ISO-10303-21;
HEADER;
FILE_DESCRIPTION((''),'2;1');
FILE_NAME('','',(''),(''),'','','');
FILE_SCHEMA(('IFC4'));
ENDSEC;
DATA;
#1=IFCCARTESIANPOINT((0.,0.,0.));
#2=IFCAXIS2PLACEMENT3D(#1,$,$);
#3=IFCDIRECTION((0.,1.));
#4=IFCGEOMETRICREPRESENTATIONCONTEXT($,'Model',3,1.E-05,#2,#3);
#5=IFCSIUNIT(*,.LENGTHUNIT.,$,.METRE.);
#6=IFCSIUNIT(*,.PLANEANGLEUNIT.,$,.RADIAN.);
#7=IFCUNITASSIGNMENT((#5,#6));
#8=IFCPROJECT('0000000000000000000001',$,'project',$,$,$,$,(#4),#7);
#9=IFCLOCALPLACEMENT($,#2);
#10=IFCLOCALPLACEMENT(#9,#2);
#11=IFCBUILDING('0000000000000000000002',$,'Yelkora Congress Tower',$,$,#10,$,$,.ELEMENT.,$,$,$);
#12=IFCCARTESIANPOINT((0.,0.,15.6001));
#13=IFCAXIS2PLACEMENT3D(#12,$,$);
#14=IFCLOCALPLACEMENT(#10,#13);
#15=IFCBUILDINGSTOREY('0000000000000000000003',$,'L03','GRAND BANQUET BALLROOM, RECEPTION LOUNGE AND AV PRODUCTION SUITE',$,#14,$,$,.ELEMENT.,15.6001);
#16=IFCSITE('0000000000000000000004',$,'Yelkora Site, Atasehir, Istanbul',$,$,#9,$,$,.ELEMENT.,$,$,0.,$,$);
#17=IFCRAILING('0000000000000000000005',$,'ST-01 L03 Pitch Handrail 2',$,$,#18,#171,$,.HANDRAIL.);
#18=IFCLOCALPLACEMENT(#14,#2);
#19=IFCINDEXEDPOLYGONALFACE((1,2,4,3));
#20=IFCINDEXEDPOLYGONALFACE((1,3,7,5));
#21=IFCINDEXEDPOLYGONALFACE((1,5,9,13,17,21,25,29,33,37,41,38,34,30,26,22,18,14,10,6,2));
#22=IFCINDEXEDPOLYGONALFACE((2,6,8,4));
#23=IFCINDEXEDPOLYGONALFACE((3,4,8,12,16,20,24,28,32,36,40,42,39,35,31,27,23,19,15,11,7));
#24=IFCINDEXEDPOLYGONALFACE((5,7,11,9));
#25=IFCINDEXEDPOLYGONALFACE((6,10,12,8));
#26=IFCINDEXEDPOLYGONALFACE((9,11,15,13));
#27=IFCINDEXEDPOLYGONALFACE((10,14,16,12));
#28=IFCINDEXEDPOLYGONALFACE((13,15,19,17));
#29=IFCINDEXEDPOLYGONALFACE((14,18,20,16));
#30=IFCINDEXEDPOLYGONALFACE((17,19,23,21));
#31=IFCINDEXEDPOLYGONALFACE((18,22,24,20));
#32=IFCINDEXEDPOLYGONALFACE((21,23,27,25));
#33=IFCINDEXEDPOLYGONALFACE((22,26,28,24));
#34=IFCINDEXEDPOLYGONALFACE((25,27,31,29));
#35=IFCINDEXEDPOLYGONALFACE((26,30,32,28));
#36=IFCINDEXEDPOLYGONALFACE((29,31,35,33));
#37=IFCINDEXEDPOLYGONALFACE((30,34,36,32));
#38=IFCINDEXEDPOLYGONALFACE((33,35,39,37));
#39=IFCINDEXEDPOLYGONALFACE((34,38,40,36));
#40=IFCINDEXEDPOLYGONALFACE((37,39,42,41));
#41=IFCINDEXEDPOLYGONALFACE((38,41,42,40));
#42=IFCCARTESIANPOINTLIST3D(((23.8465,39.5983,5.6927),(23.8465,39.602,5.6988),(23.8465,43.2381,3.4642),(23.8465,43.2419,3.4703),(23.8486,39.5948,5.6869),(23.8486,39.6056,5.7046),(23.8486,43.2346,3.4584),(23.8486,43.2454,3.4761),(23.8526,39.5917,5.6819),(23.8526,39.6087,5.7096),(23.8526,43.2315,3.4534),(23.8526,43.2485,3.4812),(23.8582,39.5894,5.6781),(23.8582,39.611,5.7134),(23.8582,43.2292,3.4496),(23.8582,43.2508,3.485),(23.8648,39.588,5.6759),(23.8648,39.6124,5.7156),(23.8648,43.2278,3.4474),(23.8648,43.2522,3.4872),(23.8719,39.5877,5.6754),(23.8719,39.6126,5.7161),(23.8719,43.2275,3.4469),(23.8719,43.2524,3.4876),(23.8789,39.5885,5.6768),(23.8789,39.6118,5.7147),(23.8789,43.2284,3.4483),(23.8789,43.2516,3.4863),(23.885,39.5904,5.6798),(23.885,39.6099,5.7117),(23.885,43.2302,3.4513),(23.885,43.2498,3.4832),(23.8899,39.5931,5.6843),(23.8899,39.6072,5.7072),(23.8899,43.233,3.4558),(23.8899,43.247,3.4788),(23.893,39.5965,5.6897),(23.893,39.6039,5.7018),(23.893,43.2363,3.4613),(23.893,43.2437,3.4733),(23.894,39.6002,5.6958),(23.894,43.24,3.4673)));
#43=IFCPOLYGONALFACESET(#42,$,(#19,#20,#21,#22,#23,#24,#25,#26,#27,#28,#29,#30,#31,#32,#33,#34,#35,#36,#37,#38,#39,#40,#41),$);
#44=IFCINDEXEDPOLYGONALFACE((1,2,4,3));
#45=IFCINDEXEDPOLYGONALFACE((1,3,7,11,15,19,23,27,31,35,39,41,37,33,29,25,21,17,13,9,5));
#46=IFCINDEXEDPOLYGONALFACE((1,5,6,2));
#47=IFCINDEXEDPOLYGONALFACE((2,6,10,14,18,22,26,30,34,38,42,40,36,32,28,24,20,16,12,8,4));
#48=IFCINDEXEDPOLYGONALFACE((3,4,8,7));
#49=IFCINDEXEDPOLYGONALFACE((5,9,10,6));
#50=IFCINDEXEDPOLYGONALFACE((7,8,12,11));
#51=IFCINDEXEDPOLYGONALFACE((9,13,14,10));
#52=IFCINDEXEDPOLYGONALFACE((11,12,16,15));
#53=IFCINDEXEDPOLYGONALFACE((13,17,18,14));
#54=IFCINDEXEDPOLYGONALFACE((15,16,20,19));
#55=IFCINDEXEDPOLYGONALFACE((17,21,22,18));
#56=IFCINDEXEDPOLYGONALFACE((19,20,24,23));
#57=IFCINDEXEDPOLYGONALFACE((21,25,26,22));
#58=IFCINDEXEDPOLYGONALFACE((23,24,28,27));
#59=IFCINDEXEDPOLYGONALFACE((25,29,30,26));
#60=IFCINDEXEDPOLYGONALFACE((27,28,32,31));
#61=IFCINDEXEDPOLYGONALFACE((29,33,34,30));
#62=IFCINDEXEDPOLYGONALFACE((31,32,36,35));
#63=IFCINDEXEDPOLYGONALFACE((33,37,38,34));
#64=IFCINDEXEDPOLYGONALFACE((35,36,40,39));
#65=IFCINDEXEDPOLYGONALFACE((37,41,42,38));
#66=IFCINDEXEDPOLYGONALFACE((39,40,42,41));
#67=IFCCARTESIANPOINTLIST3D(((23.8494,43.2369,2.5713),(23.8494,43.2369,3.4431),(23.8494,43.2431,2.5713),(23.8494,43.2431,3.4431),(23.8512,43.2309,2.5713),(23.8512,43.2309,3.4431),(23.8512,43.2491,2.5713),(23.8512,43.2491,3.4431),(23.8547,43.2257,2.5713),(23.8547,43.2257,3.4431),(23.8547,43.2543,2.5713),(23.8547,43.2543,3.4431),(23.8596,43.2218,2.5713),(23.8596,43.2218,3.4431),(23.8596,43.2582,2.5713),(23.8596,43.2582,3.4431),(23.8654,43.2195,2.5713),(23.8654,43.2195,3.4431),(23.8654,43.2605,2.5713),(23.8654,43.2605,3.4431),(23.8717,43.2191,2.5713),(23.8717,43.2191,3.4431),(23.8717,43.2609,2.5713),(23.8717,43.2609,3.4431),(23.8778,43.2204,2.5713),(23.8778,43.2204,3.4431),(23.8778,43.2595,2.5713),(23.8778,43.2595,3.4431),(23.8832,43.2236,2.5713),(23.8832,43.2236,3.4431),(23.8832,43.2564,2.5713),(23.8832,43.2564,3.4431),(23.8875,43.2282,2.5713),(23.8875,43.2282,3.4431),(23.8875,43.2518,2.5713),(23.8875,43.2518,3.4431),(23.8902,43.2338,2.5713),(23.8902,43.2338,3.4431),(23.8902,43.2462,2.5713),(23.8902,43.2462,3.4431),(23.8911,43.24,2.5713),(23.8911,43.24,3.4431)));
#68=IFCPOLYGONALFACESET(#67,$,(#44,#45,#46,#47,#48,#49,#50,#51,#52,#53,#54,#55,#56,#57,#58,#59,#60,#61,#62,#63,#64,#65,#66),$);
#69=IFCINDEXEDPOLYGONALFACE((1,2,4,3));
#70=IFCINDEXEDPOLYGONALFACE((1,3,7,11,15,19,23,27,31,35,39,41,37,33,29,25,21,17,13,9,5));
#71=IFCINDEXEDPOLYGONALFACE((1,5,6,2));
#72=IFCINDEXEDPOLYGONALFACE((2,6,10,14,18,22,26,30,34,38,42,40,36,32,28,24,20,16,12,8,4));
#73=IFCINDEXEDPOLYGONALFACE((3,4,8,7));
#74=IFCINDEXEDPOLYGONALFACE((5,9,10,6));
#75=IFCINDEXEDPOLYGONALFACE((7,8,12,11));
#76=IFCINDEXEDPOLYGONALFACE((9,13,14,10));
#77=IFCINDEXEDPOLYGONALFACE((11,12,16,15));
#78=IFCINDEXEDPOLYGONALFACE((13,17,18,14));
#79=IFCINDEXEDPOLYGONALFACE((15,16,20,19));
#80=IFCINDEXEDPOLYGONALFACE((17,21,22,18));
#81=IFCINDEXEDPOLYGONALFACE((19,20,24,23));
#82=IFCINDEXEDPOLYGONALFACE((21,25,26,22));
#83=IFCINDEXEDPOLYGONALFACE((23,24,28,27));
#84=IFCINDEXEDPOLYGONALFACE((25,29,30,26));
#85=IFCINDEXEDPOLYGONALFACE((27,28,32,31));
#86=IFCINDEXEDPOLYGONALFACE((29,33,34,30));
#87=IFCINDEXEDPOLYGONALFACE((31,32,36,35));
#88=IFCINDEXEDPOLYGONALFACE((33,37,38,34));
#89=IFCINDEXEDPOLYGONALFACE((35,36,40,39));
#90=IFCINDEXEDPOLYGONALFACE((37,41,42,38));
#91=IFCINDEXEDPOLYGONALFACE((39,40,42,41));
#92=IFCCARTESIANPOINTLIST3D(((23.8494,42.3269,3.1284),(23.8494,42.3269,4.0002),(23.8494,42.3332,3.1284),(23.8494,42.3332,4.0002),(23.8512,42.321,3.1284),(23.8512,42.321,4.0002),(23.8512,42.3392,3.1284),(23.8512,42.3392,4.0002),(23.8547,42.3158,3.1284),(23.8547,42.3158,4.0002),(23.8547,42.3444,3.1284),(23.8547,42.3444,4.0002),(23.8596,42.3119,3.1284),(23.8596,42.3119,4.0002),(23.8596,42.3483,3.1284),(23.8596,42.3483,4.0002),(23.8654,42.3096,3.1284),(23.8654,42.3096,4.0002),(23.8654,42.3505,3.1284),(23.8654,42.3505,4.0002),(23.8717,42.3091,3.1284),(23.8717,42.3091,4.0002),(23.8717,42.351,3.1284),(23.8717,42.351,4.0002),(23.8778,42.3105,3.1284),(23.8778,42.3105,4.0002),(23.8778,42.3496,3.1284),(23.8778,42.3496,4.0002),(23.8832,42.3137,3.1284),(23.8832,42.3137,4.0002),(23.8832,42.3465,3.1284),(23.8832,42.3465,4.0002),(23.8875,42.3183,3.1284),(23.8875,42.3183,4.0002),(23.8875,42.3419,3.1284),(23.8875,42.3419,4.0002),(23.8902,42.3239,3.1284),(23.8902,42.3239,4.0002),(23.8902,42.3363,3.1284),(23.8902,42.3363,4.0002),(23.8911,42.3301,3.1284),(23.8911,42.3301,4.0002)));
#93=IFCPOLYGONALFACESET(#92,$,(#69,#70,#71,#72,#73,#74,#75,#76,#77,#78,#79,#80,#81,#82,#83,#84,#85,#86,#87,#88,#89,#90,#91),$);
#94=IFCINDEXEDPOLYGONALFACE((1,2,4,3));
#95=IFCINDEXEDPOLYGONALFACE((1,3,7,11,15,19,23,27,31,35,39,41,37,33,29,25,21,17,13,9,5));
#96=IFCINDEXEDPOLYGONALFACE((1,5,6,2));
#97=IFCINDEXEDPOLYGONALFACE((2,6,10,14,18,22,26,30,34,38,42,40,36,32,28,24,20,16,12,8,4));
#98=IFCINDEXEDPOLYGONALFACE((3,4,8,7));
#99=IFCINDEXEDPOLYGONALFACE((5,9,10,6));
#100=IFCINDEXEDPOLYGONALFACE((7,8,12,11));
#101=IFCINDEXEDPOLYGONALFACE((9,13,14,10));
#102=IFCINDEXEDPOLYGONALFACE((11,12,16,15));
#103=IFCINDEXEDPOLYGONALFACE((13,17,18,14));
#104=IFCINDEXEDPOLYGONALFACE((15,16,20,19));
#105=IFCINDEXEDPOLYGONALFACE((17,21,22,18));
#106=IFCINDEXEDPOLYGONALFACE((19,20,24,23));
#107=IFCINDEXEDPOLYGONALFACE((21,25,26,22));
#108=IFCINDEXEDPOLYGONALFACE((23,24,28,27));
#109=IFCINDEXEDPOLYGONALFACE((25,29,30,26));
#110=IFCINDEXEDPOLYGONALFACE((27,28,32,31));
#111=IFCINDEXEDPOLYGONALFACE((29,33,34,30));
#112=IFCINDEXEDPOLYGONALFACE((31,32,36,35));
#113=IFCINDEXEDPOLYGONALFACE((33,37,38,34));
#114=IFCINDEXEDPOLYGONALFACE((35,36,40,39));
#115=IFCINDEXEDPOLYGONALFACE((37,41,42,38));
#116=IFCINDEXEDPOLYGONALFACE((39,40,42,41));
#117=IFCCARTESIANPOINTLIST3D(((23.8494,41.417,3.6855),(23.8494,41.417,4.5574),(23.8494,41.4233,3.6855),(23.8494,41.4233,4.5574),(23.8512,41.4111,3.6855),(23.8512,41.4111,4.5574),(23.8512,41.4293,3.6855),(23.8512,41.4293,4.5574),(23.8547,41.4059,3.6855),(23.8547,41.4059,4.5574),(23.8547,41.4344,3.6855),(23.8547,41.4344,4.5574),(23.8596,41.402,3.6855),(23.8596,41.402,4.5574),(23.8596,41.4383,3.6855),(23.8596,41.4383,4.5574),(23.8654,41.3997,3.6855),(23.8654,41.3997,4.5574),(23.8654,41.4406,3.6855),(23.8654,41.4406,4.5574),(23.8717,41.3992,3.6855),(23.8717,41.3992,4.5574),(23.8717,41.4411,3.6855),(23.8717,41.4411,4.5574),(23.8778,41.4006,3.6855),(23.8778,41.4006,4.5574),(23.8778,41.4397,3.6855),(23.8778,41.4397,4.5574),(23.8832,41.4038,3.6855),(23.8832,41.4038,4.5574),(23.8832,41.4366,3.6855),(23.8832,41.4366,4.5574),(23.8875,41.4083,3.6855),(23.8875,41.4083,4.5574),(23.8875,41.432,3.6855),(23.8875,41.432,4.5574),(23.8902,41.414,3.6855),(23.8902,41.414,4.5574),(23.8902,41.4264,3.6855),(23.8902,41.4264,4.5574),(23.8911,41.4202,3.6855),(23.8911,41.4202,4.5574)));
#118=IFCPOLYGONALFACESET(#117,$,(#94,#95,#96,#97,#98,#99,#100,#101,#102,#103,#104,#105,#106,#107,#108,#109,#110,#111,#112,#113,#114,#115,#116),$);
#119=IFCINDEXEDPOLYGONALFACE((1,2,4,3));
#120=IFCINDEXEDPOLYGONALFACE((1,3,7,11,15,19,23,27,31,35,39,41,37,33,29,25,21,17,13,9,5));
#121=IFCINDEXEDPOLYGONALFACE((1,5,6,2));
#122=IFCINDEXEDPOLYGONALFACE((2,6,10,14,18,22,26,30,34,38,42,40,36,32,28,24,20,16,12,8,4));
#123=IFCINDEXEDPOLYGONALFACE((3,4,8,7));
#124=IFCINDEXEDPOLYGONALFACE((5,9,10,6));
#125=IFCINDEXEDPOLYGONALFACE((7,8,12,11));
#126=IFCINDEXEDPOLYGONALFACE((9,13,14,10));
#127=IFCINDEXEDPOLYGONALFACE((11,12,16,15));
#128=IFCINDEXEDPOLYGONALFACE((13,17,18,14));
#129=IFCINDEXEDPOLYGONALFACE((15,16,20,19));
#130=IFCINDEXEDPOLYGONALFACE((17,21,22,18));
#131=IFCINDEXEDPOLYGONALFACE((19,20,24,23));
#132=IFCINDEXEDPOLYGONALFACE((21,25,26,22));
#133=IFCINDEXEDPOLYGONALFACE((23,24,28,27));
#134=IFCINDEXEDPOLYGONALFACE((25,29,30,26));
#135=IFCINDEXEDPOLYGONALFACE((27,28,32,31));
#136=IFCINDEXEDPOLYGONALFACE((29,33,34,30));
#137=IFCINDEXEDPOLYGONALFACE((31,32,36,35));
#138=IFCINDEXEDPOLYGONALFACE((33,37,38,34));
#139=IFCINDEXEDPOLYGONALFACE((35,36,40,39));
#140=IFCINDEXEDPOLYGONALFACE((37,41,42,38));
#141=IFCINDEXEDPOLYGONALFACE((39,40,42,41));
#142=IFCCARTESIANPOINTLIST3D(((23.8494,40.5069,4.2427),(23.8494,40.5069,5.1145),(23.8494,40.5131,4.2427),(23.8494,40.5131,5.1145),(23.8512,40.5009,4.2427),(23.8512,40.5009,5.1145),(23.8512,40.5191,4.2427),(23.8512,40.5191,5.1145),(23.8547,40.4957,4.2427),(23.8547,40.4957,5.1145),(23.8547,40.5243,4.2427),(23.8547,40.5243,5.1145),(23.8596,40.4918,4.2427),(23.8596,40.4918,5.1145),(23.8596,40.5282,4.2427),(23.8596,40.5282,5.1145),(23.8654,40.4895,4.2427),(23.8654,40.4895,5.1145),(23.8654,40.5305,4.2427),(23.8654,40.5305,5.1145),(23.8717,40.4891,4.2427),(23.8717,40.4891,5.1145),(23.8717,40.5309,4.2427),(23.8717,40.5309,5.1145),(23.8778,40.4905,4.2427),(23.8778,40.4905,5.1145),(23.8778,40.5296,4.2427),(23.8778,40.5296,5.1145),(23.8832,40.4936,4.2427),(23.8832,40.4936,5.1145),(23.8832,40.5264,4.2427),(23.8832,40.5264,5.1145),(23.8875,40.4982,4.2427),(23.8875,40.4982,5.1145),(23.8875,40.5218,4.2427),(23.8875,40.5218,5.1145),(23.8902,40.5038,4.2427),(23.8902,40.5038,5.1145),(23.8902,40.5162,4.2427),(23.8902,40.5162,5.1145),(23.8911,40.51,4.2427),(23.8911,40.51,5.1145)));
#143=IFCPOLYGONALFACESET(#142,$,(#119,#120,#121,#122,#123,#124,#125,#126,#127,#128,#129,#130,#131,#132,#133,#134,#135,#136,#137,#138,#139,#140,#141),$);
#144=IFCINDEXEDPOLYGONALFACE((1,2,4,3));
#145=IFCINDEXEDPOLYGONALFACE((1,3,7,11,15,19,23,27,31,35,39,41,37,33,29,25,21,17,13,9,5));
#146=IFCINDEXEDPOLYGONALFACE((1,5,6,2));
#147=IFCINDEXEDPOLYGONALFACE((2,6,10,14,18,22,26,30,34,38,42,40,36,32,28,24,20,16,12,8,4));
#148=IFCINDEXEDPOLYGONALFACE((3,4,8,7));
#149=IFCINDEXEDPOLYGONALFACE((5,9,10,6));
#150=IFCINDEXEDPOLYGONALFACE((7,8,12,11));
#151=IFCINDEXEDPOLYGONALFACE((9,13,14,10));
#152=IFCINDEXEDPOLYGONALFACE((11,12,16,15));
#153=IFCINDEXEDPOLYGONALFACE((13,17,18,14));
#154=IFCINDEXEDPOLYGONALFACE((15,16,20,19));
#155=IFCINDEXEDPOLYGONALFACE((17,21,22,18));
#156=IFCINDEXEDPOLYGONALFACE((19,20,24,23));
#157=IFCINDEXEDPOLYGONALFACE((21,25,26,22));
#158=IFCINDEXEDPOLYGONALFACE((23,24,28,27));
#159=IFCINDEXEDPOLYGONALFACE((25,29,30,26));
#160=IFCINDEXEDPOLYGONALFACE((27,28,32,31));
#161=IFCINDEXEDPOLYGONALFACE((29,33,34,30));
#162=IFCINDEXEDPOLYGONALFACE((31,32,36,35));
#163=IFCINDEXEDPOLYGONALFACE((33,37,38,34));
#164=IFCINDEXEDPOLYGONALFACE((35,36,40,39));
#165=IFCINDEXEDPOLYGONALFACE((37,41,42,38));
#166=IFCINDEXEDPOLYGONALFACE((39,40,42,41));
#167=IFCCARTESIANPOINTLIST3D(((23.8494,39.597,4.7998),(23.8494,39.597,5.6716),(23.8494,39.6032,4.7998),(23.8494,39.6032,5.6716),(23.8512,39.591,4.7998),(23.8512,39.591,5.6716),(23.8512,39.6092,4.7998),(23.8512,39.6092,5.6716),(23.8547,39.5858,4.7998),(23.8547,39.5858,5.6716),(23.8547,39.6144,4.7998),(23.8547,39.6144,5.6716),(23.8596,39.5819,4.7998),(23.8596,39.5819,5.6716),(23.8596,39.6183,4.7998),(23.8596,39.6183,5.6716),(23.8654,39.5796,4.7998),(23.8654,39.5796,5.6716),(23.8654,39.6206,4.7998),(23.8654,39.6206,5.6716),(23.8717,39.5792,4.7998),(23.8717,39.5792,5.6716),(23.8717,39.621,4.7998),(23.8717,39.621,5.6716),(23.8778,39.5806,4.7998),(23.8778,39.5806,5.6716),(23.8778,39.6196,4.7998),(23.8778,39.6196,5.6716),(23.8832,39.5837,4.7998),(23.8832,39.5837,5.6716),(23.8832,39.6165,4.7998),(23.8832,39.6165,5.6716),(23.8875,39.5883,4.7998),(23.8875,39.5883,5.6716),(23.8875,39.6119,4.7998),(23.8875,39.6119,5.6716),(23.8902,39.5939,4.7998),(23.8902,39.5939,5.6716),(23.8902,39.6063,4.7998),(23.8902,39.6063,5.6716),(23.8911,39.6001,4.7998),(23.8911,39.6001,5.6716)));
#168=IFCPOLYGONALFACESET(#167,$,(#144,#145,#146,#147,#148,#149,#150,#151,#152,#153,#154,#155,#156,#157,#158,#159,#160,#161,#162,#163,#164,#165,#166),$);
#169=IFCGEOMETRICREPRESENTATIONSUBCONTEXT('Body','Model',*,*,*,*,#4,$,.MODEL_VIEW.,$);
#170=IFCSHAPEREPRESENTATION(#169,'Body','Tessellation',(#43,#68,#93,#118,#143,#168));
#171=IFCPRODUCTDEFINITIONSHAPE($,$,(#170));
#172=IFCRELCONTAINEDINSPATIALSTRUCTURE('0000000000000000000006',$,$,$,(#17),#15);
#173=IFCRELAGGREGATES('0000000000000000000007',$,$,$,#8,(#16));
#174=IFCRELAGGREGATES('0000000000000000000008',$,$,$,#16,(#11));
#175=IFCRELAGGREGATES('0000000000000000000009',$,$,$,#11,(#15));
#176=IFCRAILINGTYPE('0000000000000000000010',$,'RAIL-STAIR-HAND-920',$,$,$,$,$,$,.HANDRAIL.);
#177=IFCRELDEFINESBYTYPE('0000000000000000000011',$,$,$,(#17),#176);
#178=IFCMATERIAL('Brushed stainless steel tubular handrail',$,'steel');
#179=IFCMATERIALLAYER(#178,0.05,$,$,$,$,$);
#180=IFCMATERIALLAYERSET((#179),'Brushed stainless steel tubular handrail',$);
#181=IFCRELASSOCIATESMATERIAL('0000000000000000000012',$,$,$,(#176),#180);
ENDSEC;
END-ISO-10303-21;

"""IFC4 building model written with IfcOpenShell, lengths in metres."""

from ifc_helpers import new_model, si_unit, direction, frame, origin, origin_2d, place, context, subcontext, project, spatial, circle, extrude, material, layer, layer_set, type_object, element, save


model = new_model("IFC4")

# Units and contexts
model_context = context("Model", 3, precision=1e-05, world=origin(), true_north=direction((0.0, 1.0)))
body_context = subcontext(model_context, "Body", "Model", "MODEL_VIEW")
ifc_project = project(units=[si_unit("LENGTHUNIT", "METRE"), si_unit("PLANEANGLEUNIT", "RADIAN")], contexts=[model_context])

# Site, building, storey
site_placement = place(None, origin())
site = spatial("IfcSite", under=ifc_project, at=site_placement, Name="Yelkora Site, Atasehir, Istanbul", CompositionType="ELEMENT", RefElevation=0.0)
building_placement = place(site_placement, origin())
building = spatial("IfcBuilding", under=site, at=building_placement, Name="Yelkora Congress Tower", CompositionType="ELEMENT")
storey_placement = place(building_placement, frame((0.0, 0.0, 15.6001)))
storey = spatial("IfcBuildingStorey", under=building, at=storey_placement, Name="L03", Description="GRAND BANQUET BALLROOM, RECEPTION LOUNGE AND AV PRODUCTION SUITE", CompositionType="ELEMENT", Elevation=15.6001)

# Railing
ifc_material_1 = material(Name="Brushed stainless steel tubular handrail", Category="steel")
ifc_layer_1 = layer(ifc_material_1, 0.05)
ifc_layer_set_1 = layer_set([ifc_layer_1], Name="Brushed stainless steel tubular handrail")
railing_type_1 = type_object("IfcRailingType", Name="RAIL-STAIR-HAND-920", PredefinedType="HANDRAIL", material=ifc_layer_set_1)
railing_1_placement = place(storey_placement, frame((23.8701, 43.24, 2.5713)))
element("IfcRailing", 1, at=railing_1_placement, inside=storey, type_object=railing_type_1, Name="ST-01 L03 Pitch Handrail 2", PredefinedType="HANDRAIL", context=body_context, shape_type="SweptSolid", body=[
    extrude(circle(Radius=0.0239, at=origin_2d()), frame((0.0, 0.0, 0.896), z_axis=(0.0, -0.85285, 0.522156), x_axis=(1.0, 0.0, 0.0)), (0.0, 0.0, 1.0), 4.2678),
    extrude(circle(Radius=0.021, at=origin_2d()), origin(), (0.0, 0.0, 1.0), 0.8718),
    extrude(circle(Radius=0.021, at=origin_2d()), frame((0.0, -0.9099, 0.5571)), (0.0, 0.0, 1.0), 0.8718),
    extrude(circle(Radius=0.021, at=origin_2d()), frame((0.0, -1.8198, 1.1143)), (0.0, 0.0, 1.0), 0.8718),
    extrude(circle(Radius=0.021, at=origin_2d()), frame((0.0, -2.73, 1.6714)), (0.0, 0.0, 1.0), 0.8718),
    extrude(circle(Radius=0.021, at=origin_2d()), frame((0.0, -3.6399, 2.2285)), (0.0, 0.0, 1.0), 0.8718),
])

save(model, "model.ifc")
